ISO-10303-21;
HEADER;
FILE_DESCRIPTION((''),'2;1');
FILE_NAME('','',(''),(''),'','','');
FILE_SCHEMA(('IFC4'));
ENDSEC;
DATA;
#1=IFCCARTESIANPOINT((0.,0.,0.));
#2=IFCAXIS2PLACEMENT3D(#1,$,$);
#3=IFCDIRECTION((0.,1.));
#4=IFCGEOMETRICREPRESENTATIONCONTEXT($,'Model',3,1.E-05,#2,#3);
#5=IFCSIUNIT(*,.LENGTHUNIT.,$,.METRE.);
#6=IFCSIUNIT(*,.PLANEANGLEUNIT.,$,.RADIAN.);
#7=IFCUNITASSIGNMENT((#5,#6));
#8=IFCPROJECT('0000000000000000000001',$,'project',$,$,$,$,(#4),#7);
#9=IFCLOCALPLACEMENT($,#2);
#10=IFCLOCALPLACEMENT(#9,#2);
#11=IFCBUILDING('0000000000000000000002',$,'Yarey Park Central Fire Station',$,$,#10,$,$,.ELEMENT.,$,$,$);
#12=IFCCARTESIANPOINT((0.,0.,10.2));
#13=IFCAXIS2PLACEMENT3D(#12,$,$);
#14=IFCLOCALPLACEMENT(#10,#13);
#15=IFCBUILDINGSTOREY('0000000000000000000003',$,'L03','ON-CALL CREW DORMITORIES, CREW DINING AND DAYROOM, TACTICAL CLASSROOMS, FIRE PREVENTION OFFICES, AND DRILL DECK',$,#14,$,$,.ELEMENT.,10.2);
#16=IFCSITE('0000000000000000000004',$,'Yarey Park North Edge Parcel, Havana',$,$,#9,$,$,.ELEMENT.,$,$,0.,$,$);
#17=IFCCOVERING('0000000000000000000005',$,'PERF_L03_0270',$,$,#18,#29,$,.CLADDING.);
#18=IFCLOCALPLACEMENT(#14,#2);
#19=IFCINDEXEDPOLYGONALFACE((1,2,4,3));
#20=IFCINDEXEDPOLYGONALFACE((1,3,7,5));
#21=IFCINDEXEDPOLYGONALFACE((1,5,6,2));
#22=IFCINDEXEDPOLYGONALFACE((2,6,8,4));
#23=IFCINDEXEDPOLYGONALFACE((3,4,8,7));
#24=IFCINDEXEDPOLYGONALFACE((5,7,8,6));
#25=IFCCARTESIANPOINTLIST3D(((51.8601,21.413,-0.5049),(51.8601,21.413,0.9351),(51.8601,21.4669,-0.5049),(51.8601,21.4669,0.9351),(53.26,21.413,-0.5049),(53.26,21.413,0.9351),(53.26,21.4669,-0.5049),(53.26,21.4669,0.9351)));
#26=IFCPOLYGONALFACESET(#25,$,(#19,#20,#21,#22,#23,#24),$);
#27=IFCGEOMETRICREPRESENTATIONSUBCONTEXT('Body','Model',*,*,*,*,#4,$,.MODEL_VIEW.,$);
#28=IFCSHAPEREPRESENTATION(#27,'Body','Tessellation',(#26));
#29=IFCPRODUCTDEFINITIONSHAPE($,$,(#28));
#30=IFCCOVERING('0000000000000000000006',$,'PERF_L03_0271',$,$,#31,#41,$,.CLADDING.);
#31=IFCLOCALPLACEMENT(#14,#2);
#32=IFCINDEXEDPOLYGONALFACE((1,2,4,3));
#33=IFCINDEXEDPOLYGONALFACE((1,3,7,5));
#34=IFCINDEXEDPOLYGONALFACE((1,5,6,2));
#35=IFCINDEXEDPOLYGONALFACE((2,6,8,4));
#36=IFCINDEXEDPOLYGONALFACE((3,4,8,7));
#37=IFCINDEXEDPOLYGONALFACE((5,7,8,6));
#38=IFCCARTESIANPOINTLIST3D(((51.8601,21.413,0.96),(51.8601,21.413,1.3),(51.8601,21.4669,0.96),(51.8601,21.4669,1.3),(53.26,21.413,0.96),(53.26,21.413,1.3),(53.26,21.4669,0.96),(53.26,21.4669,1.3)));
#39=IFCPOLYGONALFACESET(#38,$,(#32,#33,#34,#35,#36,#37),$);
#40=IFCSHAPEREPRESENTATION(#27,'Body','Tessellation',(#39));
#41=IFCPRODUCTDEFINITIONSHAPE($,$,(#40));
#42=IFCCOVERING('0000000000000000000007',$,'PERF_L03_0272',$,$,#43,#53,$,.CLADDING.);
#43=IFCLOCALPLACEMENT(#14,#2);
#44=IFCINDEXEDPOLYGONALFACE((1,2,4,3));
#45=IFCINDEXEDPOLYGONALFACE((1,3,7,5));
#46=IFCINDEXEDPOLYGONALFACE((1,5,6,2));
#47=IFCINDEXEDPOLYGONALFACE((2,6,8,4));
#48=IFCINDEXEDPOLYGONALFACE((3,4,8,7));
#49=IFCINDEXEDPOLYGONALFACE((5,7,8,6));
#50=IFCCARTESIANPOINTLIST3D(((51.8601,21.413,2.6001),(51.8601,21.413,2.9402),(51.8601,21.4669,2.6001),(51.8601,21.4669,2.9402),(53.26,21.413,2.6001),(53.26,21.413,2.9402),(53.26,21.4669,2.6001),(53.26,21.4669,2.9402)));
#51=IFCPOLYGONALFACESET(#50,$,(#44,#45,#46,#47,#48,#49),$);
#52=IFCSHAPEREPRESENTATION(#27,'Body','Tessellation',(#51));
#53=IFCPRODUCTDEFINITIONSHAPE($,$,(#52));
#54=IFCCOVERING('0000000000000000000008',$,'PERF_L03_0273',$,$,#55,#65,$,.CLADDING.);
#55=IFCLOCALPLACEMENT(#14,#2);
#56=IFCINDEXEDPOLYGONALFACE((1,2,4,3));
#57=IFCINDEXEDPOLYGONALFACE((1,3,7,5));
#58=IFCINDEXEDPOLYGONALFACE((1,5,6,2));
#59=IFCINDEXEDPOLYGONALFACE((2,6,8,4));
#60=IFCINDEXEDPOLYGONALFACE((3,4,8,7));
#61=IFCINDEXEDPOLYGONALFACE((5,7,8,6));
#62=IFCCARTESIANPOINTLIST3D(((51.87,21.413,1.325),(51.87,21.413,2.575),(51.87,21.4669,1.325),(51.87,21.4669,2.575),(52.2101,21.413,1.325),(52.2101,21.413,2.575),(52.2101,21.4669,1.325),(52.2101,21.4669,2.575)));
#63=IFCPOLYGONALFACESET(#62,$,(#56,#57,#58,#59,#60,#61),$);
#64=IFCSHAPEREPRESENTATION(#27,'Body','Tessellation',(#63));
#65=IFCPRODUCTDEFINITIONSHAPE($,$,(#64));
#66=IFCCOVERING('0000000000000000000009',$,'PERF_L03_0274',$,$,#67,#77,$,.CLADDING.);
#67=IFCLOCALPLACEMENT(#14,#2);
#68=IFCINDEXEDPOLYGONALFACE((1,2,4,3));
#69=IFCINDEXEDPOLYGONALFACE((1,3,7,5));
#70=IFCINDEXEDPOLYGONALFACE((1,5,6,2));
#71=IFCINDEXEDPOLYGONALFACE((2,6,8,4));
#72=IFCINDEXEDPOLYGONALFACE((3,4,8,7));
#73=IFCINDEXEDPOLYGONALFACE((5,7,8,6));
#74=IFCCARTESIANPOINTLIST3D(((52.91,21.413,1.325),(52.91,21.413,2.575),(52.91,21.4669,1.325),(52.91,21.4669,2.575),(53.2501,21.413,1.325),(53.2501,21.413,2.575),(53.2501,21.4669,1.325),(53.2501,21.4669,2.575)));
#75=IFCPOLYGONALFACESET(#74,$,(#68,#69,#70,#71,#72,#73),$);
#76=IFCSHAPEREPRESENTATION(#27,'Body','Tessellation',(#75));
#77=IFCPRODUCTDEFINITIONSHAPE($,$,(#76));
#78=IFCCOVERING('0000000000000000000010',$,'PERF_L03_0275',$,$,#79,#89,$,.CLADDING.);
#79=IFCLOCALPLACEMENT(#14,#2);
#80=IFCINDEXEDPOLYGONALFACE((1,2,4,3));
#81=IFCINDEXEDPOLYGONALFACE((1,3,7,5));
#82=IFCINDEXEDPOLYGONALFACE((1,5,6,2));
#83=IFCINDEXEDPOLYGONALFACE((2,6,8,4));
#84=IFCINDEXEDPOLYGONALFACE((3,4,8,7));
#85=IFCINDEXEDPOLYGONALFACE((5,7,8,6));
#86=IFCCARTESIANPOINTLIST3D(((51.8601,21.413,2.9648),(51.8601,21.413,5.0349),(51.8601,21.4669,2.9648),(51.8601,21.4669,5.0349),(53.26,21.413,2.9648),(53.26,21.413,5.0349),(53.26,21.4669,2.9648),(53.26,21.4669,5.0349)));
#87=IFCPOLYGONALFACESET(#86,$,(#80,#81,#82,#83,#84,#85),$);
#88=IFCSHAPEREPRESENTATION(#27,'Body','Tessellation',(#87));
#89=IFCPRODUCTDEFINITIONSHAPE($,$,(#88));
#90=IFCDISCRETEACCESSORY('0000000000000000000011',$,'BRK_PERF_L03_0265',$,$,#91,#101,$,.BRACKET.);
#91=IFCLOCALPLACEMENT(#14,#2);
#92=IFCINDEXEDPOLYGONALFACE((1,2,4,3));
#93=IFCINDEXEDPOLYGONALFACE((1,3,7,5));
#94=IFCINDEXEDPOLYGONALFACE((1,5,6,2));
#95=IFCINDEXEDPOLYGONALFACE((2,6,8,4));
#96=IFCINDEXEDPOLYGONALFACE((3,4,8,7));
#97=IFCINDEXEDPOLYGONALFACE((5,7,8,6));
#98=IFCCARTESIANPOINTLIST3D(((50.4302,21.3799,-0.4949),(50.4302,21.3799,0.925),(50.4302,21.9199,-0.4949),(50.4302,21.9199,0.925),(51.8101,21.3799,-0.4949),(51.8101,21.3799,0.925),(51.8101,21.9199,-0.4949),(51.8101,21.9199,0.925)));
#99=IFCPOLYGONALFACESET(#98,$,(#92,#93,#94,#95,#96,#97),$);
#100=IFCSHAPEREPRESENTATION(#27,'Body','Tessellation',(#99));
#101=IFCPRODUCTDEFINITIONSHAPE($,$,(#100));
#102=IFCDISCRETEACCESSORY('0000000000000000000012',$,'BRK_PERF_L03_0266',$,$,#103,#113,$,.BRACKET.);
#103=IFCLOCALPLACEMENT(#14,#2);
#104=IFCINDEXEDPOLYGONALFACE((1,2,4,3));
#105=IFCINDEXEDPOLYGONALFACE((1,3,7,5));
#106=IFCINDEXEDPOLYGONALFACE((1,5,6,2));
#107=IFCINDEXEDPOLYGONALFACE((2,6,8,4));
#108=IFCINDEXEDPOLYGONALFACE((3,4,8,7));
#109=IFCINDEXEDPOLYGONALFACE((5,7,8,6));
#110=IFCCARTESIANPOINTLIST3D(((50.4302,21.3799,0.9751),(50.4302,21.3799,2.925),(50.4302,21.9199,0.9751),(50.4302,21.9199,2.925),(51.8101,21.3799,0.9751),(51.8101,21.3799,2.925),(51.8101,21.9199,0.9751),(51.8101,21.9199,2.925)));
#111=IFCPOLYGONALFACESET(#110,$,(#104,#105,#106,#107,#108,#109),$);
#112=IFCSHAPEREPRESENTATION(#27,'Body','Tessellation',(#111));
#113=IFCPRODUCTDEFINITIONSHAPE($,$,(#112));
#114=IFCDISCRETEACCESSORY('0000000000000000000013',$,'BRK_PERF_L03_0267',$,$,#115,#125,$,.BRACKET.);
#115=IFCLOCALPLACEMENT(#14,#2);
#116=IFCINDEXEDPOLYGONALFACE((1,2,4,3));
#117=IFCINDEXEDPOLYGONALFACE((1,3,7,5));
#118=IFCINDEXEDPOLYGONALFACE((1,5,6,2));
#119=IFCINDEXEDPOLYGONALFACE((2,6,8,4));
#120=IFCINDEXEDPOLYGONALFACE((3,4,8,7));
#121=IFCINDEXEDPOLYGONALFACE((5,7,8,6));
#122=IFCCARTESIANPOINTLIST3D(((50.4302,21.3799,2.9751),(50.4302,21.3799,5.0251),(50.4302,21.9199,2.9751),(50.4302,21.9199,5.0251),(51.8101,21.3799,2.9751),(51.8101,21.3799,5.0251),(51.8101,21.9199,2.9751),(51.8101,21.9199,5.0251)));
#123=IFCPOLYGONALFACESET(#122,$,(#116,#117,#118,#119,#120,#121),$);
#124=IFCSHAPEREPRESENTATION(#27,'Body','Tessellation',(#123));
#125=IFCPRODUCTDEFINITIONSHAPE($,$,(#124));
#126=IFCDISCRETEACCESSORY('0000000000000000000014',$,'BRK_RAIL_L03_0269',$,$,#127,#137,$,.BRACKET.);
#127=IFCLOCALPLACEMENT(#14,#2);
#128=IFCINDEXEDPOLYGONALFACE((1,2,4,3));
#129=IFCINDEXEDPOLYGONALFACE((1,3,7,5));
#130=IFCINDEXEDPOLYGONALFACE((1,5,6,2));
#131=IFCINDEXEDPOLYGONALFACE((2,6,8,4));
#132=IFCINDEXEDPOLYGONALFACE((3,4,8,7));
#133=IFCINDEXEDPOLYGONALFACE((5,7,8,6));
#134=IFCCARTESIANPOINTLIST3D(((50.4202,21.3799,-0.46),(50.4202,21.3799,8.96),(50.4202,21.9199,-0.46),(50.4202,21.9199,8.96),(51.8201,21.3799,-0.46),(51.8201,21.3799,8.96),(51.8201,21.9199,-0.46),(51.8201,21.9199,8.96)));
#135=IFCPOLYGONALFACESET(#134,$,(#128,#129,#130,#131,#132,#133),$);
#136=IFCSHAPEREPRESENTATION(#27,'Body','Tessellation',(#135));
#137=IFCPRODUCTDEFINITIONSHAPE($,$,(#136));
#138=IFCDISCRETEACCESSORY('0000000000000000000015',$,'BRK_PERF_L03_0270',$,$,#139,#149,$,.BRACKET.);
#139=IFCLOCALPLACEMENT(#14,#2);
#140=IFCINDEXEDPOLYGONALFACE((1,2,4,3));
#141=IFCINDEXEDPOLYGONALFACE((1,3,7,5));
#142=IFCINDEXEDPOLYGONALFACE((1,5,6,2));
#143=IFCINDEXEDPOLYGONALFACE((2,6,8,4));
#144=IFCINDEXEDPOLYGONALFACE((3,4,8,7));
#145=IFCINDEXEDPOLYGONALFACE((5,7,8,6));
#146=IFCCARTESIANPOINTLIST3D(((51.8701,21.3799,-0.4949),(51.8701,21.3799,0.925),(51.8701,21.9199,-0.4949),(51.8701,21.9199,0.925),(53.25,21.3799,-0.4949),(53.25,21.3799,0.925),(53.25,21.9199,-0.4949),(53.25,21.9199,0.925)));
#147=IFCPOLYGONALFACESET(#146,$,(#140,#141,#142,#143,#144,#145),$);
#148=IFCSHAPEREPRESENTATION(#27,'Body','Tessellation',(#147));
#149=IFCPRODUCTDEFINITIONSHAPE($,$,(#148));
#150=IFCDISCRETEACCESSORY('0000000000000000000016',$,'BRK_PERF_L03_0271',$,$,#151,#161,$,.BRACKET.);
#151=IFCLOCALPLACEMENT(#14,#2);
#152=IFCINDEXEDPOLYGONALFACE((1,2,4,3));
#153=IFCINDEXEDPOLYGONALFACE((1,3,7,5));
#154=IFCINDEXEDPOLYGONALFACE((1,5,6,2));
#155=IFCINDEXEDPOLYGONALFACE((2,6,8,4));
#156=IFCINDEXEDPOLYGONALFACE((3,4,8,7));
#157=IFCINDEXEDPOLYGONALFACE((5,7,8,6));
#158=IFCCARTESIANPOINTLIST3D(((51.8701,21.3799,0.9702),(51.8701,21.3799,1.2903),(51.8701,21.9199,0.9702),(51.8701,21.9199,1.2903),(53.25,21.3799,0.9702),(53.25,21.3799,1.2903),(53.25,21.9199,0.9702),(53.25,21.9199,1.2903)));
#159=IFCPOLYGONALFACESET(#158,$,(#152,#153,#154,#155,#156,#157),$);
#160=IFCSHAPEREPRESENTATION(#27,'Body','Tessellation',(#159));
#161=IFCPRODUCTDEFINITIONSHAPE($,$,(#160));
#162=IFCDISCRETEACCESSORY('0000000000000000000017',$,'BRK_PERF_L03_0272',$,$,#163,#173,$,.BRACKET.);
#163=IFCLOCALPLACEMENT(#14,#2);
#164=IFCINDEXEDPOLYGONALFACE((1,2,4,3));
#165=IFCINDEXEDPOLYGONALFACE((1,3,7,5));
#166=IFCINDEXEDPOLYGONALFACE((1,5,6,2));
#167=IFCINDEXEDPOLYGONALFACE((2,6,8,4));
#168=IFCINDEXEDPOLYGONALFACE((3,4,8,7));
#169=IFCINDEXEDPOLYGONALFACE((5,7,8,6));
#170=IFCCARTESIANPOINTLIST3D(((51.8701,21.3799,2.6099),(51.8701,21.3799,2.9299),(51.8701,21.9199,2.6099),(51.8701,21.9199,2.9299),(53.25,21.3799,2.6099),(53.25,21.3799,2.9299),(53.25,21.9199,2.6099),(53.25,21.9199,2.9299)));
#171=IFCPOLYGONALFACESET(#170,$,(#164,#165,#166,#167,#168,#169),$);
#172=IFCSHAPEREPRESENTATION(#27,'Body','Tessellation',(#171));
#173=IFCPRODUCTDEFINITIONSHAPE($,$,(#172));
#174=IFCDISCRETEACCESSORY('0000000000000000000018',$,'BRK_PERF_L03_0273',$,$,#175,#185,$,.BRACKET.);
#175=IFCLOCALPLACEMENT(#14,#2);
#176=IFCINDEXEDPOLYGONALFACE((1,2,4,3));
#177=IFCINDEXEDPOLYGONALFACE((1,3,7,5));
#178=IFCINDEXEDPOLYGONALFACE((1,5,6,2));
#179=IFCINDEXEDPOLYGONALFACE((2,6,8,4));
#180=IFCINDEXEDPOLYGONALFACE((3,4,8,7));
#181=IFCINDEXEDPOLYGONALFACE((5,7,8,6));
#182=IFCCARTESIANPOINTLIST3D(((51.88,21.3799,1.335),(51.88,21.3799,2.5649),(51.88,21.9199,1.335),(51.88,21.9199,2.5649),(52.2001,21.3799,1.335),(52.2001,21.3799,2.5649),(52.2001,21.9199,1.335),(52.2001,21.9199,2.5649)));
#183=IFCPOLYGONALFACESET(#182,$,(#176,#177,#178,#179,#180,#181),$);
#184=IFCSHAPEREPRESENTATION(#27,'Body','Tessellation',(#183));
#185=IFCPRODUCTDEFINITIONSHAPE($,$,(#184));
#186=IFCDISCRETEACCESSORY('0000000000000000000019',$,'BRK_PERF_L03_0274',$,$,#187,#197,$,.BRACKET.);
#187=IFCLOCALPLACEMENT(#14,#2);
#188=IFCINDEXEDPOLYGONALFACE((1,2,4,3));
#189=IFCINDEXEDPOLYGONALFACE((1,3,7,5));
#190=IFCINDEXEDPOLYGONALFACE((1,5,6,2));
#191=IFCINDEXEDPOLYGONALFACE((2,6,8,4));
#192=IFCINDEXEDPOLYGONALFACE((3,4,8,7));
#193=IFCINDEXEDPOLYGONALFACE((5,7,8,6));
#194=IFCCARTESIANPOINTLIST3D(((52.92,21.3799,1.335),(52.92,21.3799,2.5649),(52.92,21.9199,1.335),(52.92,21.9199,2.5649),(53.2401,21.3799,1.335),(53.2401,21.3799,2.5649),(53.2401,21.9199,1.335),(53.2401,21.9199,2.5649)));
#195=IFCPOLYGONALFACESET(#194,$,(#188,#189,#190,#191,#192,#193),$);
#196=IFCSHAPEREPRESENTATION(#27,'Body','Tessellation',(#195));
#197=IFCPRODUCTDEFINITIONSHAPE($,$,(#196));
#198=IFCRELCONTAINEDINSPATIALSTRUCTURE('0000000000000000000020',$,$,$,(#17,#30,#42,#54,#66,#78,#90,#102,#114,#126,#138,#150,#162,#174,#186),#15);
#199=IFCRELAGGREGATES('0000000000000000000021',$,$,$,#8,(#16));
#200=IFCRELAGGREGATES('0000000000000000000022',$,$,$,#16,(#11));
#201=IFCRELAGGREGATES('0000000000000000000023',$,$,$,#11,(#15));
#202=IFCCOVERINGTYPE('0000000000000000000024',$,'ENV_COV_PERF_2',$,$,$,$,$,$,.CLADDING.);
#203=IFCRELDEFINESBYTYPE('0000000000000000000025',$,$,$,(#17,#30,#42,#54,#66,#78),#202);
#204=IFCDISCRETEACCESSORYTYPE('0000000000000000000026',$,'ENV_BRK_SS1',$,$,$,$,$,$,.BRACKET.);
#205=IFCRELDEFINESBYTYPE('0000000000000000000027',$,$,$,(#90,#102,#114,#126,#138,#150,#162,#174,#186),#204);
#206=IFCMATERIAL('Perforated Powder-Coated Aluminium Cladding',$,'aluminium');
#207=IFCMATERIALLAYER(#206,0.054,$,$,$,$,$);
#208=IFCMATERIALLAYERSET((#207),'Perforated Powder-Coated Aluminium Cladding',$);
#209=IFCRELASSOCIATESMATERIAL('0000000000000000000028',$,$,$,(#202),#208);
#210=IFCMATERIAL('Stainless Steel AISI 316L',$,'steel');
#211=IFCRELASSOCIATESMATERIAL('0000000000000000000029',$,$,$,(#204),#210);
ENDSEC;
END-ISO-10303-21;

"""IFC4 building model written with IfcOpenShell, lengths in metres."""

from ifc_helpers import new_model, si_unit, direction, frame, origin, origin_2d, place, context, subcontext, project, spatial, rectangle, extrude, material, layer, layer_set, type_object, element, save


model = new_model("IFC4")

# Units and contexts
model_context = context("Model", 3, precision=1e-05, world=origin(), true_north=direction((0.0, 1.0)))
body_context = subcontext(model_context, "Body", "Model", "MODEL_VIEW")
ifc_project = project(units=[si_unit("LENGTHUNIT", "METRE"), si_unit("PLANEANGLEUNIT", "RADIAN")], contexts=[model_context])

# Site, building, storey
site_placement = place(None, origin())
site = spatial("IfcSite", under=ifc_project, at=site_placement, Name="Yarey Park North Edge Parcel, Havana", CompositionType="ELEMENT", RefElevation=0.0)
building_placement = place(site_placement, origin())
building = spatial("IfcBuilding", under=site, at=building_placement, Name="Yarey Park Central Fire Station", CompositionType="ELEMENT")
storey_placement = place(building_placement, frame((0.0, 0.0, 10.2)))
storey = spatial("IfcBuildingStorey", under=building, at=storey_placement, Name="L03", Description="ON-CALL CREW DORMITORIES, CREW DINING AND DAYROOM, TACTICAL CLASSROOMS, FIRE PREVENTION OFFICES, AND DRILL DECK", CompositionType="ELEMENT", Elevation=10.2)

# Coverings
ifc_material_1 = material(Name="Perforated Powder-Coated Aluminium Cladding", Category="aluminium")
ifc_layer_1 = layer(ifc_material_1, 0.054)
ifc_layer_set_1 = layer_set([ifc_layer_1], Name="Perforated Powder-Coated Aluminium Cladding")
covering_type_1 = type_object("IfcCoveringType", Name="ENV_COV_PERF_2", PredefinedType="CLADDING", material=ifc_layer_set_1)
covering_1_placement = place(storey_placement, frame((52.5601, 21.4399, -0.5049), z_axis=(0.0, 0.0, 1.0), x_axis=(1.0, 0.0, 0.0)))
element("IfcCovering", 1, at=covering_1_placement, inside=storey, type_object=covering_type_1, Name="PERF_L03_0270", PredefinedType="CLADDING", context=body_context, shape_type="SweptSolid", body=[
    extrude(rectangle(XDim=1.3999, YDim=0.054, at=origin_2d()), origin(), (0.0, 0.0, 1.0), 1.4399),
])
for number, where, z_axis, x_axis, name in (
    (2, (52.5601, 21.4399, 0.96), (0.0, 0.0, 1.0), (1.0, 0.0, 0.0), "PERF_L03_0271"),
    (3, (52.5601, 21.4399, 2.6001), (0.0, 0.0, 1.0), (1.0, 0.0, 0.0), "PERF_L03_0272"),
):
    element("IfcCovering", number, at=place(storey_placement, frame(where, z_axis=z_axis, x_axis=x_axis)), inside=storey, type_object=covering_type_1, Name=name, PredefinedType="CLADDING", context=body_context, shape_type="SweptSolid", body=[
        extrude(rectangle(XDim=1.3999, YDim=0.054, at=origin_2d()), origin(), (0.0, 0.0, 1.0), 0.3401),
    ])
for number, where, z_axis, x_axis, name in (
    (4, (52.04, 21.4399, 1.325), (0.0, 0.0, 1.0), (1.0, 0.0, 0.0), "PERF_L03_0273"),
    (5, (53.0801, 21.4399, 1.325), (0.0, 0.0, 1.0), (1.0, 0.0, 0.0), "PERF_L03_0274"),
):
    element("IfcCovering", number, at=place(storey_placement, frame(where, z_axis=z_axis, x_axis=x_axis)), inside=storey, type_object=covering_type_1, Name=name, PredefinedType="CLADDING", context=body_context, shape_type="SweptSolid", body=[
        extrude(rectangle(XDim=0.3401, YDim=0.054, at=origin_2d()), origin(), (0.0, 0.0, 1.0), 1.25),
    ])
covering_2_placement = place(storey_placement, frame((52.5601, 21.4399, 2.9648), z_axis=(0.0, 0.0, 1.0), x_axis=(1.0, 0.0, 0.0)))
element("IfcCovering", 6, at=covering_2_placement, inside=storey, type_object=covering_type_1, Name="PERF_L03_0275", PredefinedType="CLADDING", context=body_context, shape_type="SweptSolid", body=[
    extrude(rectangle(XDim=1.3999, YDim=0.054, at=origin_2d()), origin(), (0.0, 0.0, 1.0), 2.0701),
])

# Discrete accessories
ifc_material_2 = material(Name="Stainless Steel AISI 316L", Category="steel")
discrete_accessory_type = type_object("IfcDiscreteAccessoryType", Name="ENV_BRK_SS1", PredefinedType="BRACKET", material=ifc_material_2)
discrete_accessory_1_placement = place(storey_placement, frame((51.1201, 21.6499, -0.4949), z_axis=(0.0, 0.0, 1.0), x_axis=(1.0, 0.0, 0.0)))
element("IfcDiscreteAccessory", 7, at=discrete_accessory_1_placement, inside=storey, type_object=discrete_accessory_type, Name="BRK_PERF_L03_0265", PredefinedType="BRACKET", context=body_context, shape_type="SweptSolid", body=[
    extrude(rectangle(XDim=1.3799, YDim=0.54, at=origin_2d()), origin(), (0.0, 0.0, 1.0), 1.4199),
])
discrete_accessory_2_placement = place(storey_placement, frame((51.1201, 21.6499, 0.9751), z_axis=(0.0, 0.0, 1.0), x_axis=(1.0, 0.0, 0.0)))
element("IfcDiscreteAccessory", 8, at=discrete_accessory_2_placement, inside=storey, type_object=discrete_accessory_type, Name="BRK_PERF_L03_0266", PredefinedType="BRACKET", context=body_context, shape_type="SweptSolid", body=[
    extrude(rectangle(XDim=1.3799, YDim=0.54, at=origin_2d()), origin(), (0.0, 0.0, 1.0), 1.95),
])
discrete_accessory_3_placement = place(storey_placement, frame((51.1201, 21.6499, 2.9751), z_axis=(0.0, 0.0, 1.0), x_axis=(1.0, 0.0, 0.0)))
element("IfcDiscreteAccessory", 9, at=discrete_accessory_3_placement, inside=storey, type_object=discrete_accessory_type, Name="BRK_PERF_L03_0267", PredefinedType="BRACKET", context=body_context, shape_type="SweptSolid", body=[
    extrude(rectangle(XDim=1.3799, YDim=0.54, at=origin_2d()), origin(), (0.0, 0.0, 1.0), 2.05),
])
discrete_accessory_4_placement = place(storey_placement, frame((51.1201, 21.6499, -0.46), z_axis=(0.0, 0.0, 1.0), x_axis=(1.0, 0.0, 0.0)))
element("IfcDiscreteAccessory", 10, at=discrete_accessory_4_placement, inside=storey, type_object=discrete_accessory_type, Name="BRK_RAIL_L03_0269", PredefinedType="BRACKET", context=body_context, shape_type="SweptSolid", body=[
    extrude(rectangle(XDim=1.3999, YDim=0.54, at=origin_2d()), origin(), (0.0, 0.0, 1.0), 9.4199),
])
discrete_accessory_5_placement = place(storey_placement, frame((52.5601, 21.6499, -0.4949), z_axis=(0.0, 0.0, 1.0), x_axis=(1.0, 0.0, 0.0)))
element("IfcDiscreteAccessory", 11, at=discrete_accessory_5_placement, inside=storey, type_object=discrete_accessory_type, Name="BRK_PERF_L03_0270", PredefinedType="BRACKET", context=body_context, shape_type="SweptSolid", body=[
    extrude(rectangle(XDim=1.3799, YDim=0.54, at=origin_2d()), origin(), (0.0, 0.0, 1.0), 1.4199),
])
for number, where, z_axis, x_axis, name in (
    (12, (52.5601, 21.6499, 0.9702), (0.0, 0.0, 1.0), (1.0, 0.0, 0.0), "BRK_PERF_L03_0271"),
    (13, (52.5601, 21.6499, 2.6099), (0.0, 0.0, 1.0), (1.0, 0.0, 0.0), "BRK_PERF_L03_0272"),
):
    element("IfcDiscreteAccessory", number, at=place(storey_placement, frame(where, z_axis=z_axis, x_axis=x_axis)), inside=storey, type_object=discrete_accessory_type, Name=name, PredefinedType="BRACKET", context=body_context, shape_type="SweptSolid", body=[
        extrude(rectangle(XDim=1.3799, YDim=0.54, at=origin_2d()), origin(), (0.0, 0.0, 1.0), 0.3201),
    ])
for number, where, z_axis, x_axis, name in (
    (14, (52.04, 21.6499, 1.335), (0.0, 0.0, 1.0), (1.0, 0.0, 0.0), "BRK_PERF_L03_0273"),
    (15, (53.0801, 21.6499, 1.335), (0.0, 0.0, 1.0), (1.0, 0.0, 0.0), "BRK_PERF_L03_0274"),
):
    element("IfcDiscreteAccessory", number, at=place(storey_placement, frame(where, z_axis=z_axis, x_axis=x_axis)), inside=storey, type_object=discrete_accessory_type, Name=name, PredefinedType="BRACKET", context=body_context, shape_type="SweptSolid", body=[
        extrude(rectangle(XDim=0.3201, YDim=0.54, at=origin_2d()), origin(), (0.0, 0.0, 1.0), 1.23),
    ])

save(model, "model.ifc")
